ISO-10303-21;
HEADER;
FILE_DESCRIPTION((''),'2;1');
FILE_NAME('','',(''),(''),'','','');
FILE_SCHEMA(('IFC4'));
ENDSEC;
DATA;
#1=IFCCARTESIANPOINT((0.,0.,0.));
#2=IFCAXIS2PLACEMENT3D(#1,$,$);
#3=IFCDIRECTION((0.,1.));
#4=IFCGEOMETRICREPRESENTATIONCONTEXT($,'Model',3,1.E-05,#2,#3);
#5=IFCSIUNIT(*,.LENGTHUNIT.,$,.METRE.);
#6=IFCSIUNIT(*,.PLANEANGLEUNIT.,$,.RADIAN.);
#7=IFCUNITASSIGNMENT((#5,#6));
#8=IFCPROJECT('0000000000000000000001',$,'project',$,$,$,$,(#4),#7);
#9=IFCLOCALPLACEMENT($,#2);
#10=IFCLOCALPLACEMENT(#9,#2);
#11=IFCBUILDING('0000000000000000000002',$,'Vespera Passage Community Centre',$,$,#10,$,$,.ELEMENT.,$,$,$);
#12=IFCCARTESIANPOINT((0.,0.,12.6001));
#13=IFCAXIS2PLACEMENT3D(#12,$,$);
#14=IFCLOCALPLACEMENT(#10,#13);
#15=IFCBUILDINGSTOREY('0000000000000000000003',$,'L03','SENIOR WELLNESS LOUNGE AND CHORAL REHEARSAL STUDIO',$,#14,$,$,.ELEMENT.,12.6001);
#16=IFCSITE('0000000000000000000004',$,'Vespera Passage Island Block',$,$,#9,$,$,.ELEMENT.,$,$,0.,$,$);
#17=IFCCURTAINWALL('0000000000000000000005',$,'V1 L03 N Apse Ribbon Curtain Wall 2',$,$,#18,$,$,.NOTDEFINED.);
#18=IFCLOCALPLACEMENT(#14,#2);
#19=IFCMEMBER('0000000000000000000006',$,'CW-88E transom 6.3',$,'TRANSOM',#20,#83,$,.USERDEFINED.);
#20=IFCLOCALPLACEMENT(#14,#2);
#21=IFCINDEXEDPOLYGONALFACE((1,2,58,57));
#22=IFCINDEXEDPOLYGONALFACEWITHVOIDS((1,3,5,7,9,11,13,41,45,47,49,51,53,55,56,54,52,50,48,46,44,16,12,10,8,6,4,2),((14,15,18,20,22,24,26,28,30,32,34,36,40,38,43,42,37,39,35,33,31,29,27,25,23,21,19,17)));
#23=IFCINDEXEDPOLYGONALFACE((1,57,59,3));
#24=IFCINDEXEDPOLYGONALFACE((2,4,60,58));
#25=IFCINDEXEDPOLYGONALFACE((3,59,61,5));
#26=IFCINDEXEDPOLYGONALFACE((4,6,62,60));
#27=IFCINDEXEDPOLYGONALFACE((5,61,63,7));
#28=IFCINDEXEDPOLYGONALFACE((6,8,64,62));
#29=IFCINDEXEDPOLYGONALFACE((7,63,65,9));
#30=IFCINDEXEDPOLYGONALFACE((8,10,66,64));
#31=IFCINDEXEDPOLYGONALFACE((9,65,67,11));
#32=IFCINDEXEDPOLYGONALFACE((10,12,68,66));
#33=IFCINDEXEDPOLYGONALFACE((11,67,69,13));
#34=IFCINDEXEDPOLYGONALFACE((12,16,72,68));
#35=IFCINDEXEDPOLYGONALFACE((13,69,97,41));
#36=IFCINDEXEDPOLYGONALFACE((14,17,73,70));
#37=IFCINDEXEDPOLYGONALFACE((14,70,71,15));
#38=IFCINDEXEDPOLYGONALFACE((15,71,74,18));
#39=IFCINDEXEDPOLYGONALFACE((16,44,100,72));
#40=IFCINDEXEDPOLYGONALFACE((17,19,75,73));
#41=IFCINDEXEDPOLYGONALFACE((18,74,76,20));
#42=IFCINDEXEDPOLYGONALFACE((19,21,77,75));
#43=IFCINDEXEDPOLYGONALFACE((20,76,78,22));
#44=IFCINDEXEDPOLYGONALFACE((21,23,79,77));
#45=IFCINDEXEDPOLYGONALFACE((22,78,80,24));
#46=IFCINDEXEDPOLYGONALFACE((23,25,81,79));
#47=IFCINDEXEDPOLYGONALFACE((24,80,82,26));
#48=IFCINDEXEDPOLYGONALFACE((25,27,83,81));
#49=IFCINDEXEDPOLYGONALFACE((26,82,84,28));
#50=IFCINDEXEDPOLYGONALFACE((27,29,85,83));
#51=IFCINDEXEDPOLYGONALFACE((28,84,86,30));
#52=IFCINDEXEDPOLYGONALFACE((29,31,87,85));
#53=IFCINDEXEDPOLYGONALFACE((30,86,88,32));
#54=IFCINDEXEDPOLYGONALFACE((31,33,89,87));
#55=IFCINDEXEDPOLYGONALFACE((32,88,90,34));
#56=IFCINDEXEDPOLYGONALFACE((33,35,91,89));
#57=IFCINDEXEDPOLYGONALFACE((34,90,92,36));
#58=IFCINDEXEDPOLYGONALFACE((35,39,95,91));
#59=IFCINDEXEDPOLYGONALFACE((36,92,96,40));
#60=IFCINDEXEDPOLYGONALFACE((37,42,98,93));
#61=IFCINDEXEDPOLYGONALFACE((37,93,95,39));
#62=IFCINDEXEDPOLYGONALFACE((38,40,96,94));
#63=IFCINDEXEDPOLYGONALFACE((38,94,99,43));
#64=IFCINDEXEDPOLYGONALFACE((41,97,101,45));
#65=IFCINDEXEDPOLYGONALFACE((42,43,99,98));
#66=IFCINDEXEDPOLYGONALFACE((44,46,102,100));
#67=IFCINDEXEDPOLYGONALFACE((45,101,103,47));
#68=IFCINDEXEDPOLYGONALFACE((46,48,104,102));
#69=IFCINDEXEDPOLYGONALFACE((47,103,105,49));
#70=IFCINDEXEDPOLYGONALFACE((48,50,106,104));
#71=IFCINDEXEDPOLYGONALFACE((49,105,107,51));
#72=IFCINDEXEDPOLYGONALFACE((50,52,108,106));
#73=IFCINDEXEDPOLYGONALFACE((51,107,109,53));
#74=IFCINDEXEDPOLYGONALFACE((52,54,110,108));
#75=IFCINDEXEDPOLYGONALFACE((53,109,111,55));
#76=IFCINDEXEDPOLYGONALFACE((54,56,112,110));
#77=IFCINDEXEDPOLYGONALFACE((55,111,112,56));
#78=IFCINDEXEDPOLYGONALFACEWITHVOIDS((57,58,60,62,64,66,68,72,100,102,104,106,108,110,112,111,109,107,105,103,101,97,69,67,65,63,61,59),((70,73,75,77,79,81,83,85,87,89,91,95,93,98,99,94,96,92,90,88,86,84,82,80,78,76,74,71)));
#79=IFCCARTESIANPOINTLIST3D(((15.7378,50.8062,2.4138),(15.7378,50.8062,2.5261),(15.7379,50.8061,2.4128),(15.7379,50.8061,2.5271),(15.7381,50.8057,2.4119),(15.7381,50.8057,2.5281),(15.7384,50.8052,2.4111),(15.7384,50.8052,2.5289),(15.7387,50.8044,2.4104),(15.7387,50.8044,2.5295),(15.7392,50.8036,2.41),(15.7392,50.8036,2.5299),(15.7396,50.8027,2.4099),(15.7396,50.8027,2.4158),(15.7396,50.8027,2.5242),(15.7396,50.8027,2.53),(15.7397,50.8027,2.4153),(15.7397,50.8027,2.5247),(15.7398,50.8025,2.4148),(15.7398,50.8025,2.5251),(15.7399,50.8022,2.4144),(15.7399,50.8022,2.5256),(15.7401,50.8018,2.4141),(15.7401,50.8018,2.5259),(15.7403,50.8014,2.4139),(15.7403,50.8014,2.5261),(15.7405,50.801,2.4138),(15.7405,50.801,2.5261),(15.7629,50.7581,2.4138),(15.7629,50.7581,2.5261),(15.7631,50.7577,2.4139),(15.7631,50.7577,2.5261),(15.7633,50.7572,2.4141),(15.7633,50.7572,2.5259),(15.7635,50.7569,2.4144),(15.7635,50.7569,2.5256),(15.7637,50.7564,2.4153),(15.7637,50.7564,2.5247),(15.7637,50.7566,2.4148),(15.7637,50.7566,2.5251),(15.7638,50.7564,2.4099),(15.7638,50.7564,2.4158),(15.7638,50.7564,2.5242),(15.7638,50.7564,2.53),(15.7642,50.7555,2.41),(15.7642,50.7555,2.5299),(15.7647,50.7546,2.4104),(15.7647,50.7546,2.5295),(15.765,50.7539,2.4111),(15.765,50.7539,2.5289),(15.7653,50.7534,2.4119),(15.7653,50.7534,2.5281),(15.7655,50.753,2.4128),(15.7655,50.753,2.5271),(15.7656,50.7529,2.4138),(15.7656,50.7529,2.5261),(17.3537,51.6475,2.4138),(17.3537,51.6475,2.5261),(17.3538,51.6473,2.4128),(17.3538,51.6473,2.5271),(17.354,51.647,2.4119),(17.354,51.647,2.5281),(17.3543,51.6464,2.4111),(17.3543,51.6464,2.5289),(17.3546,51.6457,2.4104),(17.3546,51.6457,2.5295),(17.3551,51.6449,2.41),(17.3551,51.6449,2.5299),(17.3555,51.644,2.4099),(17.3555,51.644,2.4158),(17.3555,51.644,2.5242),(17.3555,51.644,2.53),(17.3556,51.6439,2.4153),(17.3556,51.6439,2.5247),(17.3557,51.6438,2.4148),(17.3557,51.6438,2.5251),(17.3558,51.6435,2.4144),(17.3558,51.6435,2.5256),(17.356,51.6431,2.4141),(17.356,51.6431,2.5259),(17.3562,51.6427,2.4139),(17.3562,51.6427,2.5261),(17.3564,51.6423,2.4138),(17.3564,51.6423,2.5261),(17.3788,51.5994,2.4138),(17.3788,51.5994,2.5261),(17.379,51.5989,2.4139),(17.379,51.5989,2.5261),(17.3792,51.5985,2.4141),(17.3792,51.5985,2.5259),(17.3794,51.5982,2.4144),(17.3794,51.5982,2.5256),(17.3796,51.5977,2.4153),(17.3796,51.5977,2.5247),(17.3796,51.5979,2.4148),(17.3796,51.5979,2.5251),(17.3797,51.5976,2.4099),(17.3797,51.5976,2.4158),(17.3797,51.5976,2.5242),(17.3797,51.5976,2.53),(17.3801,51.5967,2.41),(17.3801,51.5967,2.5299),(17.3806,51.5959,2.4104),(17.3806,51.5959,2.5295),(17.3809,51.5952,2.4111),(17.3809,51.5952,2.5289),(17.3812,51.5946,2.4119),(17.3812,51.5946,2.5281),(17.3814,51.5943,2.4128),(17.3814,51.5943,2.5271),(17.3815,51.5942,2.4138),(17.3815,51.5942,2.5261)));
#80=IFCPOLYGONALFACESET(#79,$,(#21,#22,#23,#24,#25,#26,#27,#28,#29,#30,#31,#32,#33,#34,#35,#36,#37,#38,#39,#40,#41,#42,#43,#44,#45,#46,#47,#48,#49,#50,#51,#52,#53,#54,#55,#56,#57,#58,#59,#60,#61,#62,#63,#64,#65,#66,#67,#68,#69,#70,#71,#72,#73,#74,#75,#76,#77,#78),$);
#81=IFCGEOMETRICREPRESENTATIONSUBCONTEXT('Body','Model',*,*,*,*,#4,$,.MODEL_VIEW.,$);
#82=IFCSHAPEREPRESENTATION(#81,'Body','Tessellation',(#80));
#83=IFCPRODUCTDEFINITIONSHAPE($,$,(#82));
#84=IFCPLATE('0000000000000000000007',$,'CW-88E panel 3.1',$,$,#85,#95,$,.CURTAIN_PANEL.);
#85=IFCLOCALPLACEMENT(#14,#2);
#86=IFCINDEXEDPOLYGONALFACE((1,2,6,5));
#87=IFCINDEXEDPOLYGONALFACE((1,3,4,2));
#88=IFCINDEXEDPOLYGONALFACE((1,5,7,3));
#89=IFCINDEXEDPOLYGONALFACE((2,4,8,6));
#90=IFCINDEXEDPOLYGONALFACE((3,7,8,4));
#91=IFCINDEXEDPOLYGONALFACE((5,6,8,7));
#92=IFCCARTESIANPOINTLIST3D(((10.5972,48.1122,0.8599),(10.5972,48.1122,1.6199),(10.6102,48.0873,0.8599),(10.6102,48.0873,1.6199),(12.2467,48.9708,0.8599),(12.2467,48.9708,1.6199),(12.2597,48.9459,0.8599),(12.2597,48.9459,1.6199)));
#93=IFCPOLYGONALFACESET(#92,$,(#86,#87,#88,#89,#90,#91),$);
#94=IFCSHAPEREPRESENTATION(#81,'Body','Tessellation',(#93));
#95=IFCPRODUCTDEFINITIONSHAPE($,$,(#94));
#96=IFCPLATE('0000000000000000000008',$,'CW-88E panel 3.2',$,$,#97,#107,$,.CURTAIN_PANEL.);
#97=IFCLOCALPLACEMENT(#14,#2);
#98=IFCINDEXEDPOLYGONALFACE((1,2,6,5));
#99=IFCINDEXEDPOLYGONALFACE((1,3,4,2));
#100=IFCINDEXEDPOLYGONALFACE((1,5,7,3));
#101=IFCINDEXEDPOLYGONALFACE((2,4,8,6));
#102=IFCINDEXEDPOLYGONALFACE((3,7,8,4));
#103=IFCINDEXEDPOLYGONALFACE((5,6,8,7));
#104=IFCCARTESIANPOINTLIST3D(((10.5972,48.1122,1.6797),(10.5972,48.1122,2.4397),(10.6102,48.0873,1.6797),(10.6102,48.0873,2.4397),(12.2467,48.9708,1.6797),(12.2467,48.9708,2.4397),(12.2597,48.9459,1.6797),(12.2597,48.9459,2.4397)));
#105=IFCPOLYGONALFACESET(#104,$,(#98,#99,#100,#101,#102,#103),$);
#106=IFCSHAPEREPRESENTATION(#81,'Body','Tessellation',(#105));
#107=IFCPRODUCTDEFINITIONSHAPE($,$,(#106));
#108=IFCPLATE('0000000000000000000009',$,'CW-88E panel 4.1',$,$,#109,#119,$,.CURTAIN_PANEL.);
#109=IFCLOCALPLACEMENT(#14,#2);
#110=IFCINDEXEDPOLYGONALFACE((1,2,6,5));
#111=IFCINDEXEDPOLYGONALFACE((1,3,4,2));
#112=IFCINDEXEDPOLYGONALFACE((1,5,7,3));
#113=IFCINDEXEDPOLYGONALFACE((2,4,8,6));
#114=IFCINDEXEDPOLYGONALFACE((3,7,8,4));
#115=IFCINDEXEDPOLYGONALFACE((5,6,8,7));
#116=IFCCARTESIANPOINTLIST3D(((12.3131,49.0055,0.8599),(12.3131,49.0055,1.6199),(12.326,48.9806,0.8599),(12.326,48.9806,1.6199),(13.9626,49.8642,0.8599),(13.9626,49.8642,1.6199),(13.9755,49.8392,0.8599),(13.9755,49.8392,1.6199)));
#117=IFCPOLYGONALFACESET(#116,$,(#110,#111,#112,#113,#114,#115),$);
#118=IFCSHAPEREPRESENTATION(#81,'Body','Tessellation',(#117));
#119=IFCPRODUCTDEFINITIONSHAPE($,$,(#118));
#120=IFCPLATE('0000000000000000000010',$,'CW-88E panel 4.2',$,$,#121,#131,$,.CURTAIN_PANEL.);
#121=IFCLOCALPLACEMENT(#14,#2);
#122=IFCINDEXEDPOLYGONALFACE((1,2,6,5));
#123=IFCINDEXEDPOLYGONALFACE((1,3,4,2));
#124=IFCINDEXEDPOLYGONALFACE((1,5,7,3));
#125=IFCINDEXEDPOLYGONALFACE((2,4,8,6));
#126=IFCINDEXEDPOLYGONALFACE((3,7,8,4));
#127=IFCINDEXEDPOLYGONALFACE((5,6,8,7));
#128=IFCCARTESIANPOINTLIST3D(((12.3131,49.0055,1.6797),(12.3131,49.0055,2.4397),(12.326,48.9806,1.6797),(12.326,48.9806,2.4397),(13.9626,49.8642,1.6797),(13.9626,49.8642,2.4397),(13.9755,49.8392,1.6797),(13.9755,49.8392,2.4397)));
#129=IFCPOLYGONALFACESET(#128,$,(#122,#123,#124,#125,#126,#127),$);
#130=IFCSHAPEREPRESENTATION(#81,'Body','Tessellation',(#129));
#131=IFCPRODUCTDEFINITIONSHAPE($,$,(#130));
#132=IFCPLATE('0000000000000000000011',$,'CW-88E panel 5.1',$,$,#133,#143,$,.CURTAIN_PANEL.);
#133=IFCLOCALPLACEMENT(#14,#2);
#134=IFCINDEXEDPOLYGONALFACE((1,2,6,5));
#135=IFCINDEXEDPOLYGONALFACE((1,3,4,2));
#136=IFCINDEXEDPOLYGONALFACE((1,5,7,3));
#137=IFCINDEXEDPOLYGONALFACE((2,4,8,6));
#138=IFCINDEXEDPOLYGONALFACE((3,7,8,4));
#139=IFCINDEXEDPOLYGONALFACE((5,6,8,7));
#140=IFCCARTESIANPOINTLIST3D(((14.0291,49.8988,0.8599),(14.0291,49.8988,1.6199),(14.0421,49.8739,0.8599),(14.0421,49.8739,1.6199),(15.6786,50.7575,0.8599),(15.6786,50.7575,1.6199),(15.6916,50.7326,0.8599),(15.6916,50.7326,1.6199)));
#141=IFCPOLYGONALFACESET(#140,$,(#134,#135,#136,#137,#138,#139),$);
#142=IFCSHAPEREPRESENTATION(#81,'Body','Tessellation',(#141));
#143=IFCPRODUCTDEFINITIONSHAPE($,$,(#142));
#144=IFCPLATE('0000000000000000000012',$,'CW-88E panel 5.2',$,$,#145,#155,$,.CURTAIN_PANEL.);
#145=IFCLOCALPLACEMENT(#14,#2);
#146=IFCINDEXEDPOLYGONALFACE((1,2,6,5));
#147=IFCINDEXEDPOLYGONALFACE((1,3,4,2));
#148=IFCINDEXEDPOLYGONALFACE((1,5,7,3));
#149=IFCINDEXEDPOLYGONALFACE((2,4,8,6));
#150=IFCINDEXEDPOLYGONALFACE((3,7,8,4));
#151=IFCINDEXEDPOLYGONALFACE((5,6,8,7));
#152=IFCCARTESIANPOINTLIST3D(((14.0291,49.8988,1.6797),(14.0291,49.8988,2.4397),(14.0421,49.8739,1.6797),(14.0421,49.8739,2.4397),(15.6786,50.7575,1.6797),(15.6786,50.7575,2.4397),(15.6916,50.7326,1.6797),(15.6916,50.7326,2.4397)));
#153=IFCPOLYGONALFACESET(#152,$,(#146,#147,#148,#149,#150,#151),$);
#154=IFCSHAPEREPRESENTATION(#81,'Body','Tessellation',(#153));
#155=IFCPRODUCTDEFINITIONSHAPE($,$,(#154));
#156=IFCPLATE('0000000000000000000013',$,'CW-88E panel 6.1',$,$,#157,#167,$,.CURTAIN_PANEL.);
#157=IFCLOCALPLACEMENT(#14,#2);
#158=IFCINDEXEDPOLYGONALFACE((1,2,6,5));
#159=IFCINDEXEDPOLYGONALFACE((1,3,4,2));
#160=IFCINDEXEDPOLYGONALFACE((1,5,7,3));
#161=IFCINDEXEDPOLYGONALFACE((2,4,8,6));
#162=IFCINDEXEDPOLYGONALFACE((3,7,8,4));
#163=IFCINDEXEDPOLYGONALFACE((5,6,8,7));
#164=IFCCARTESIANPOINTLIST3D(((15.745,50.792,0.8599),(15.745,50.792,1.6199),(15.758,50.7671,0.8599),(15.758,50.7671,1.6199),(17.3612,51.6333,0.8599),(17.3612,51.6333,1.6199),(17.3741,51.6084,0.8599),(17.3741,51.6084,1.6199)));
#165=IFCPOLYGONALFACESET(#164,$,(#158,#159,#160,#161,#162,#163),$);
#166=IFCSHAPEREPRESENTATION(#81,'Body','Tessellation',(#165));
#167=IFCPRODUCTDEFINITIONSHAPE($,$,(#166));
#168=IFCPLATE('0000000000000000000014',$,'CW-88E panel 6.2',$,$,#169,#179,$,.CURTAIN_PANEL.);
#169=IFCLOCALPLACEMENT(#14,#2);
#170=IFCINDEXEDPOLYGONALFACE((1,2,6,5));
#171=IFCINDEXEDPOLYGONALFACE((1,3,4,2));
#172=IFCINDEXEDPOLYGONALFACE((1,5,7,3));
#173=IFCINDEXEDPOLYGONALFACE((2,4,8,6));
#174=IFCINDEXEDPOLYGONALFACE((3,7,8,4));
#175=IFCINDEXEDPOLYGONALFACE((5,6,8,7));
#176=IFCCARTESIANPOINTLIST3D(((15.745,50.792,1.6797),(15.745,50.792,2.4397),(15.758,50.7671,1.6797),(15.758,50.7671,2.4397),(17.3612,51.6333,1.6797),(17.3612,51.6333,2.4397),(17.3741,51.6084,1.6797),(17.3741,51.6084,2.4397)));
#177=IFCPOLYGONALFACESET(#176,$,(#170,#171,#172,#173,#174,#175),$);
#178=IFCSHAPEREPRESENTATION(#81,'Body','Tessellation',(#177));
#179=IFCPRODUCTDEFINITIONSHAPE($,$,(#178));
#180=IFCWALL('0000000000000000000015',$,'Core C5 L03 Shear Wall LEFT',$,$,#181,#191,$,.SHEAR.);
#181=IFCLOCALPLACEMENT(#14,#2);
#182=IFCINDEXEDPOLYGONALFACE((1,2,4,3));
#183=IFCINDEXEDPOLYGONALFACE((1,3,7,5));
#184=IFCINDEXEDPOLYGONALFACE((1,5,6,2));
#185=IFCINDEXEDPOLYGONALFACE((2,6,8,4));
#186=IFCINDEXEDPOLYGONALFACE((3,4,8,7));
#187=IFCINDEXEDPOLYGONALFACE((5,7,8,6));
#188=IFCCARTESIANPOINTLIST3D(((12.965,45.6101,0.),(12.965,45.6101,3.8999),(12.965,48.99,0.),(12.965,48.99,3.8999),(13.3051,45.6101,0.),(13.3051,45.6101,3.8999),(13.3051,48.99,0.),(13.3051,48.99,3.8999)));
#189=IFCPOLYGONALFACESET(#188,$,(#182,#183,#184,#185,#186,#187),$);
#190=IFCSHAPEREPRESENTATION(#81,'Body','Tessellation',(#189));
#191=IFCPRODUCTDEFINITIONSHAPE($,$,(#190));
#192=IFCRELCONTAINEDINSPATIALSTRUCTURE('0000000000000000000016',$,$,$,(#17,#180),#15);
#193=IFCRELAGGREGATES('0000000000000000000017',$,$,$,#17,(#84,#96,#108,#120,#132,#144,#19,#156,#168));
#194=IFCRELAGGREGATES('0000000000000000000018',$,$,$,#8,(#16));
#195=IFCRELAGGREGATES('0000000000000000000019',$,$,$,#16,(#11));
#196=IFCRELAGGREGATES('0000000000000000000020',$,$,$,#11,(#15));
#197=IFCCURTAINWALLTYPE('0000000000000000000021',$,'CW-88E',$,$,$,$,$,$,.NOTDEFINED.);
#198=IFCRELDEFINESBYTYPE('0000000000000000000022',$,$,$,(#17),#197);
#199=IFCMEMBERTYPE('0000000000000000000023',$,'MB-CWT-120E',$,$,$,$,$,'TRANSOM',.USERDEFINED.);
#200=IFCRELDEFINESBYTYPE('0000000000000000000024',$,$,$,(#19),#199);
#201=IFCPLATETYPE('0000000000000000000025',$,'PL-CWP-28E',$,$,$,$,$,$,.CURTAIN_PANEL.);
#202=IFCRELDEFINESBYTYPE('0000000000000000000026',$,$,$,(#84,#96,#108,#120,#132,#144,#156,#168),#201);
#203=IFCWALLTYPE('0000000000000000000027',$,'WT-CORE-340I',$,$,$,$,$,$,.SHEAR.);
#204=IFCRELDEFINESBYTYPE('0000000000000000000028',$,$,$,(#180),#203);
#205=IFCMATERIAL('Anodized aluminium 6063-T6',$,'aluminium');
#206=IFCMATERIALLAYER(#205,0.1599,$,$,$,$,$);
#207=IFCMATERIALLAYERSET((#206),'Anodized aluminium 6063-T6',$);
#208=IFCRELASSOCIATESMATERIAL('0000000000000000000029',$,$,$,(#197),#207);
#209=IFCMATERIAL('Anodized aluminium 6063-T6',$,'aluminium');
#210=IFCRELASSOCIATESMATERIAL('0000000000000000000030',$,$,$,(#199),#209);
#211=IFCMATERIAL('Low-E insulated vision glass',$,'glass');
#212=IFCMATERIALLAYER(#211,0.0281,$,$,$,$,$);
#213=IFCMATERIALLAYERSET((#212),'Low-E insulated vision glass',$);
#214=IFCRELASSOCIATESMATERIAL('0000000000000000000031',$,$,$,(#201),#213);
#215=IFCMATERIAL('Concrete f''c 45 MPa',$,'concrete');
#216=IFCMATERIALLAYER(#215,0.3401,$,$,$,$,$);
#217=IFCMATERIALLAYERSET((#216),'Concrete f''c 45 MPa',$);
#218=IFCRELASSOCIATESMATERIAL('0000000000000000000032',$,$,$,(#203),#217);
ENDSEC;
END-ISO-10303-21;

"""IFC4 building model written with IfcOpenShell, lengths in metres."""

from ifc_helpers import new_model, si_unit, direction, frame, frame_2d, origin, origin_2d, place, context, subcontext, project, spatial, rectangle, hollow_rectangle, extrude, material, layer, layer_set, material_profile, profile_set, type_object, element, aggregate, save


model = new_model("IFC4")

# Units and contexts
model_context = context("Model", 3, precision=1e-05, world=origin(), true_north=direction((0.0, 1.0)))
body_context = subcontext(model_context, "Body", "Model", "MODEL_VIEW")
ifc_project = project(units=[si_unit("LENGTHUNIT", "METRE"), si_unit("PLANEANGLEUNIT", "RADIAN")], contexts=[model_context])

# Site, building, storey
site_placement = place(None, origin())
site = spatial("IfcSite", under=ifc_project, at=site_placement, Name="Vespera Passage Island Block", CompositionType="ELEMENT", RefElevation=0.0)
building_placement = place(site_placement, origin())
building = spatial("IfcBuilding", under=site, at=building_placement, Name="Vespera Passage Community Centre", CompositionType="ELEMENT")
storey_placement = place(building_placement, frame((0.0, 0.0, 12.6001)))
storey = spatial("IfcBuildingStorey", under=building, at=storey_placement, Name="L03", Description="SENIOR WELLNESS LOUNGE AND CHORAL REHEARSAL STUDIO", CompositionType="ELEMENT", Elevation=12.6001)

# Curtain wall, member, plates
ifc_material_1 = material(Name="Anodized aluminium 6063-T6", Category="aluminium")
ifc_layer_1 = layer(ifc_material_1, 0.1599)
ifc_layer_set_1 = layer_set([ifc_layer_1], Name="Anodized aluminium 6063-T6")
curtain_wall_type = type_object("IfcCurtainWallType", Name="CW-88E", PredefinedType="NOTDEFINED", material=ifc_layer_set_1)
curtain_wall_placement = place(storey_placement, origin())
curtain_wall = element("IfcCurtainWall", 1, at=curtain_wall_placement, inside=storey, type_object=curtain_wall_type, Name="V1 L03 N Apse Ribbon Curtain Wall 2", PredefinedType="NOTDEFINED")
ifc_material_2 = material(Name="Anodized aluminium 6063-T6", Category="aluminium")
ifc_material_profile_1 = material_profile(ifc_material_2, hollow_rectangle(XDim=0.0601, YDim=0.1201, WallThickness=0.0039, InnerFilletRadius=0.002, OuterFilletRadius=0.0039, at=origin_2d()), Name="ALU120X60X4")
ifc_profile_set_1 = profile_set([ifc_material_profile_1], Name="Anodized aluminium 6063-T6")
member_type_1 = type_object("IfcMemberType", Name="MB-CWT-120E", ElementType="TRANSOM", PredefinedType="USERDEFINED", material=ifc_profile_set_1)
member_1_placement = place(storey_placement, frame((15.7517, 50.7795, 2.47), z_axis=(0.886991, 0.461787, 0.0), x_axis=(-0.461787, 0.886991, 0.0)))
member_1 = element("IfcMember", 2, at=member_1_placement, type_object=member_type_1, Name="CW-88E transom 6.3", ObjectType="TRANSOM", PredefinedType="USERDEFINED", context=body_context, shape_type="SweptSolid", body=[
    extrude(hollow_rectangle(XDim=0.0601, YDim=0.1201, WallThickness=0.0039, InnerFilletRadius=0.002, OuterFilletRadius=0.0039, at=origin_2d()), origin(), (0.0, 0.0, 1.0), 1.8218),
])
ifc_material_3 = material(Name="Low-E insulated vision glass", Category="glass")
ifc_layer_2 = layer(ifc_material_3, 0.0281)
ifc_layer_set_2 = layer_set([ifc_layer_2], Name="Low-E insulated vision glass")
plate_type = type_object("IfcPlateType", Name="PL-CWP-28E", PredefinedType="CURTAIN_PANEL", material=ifc_layer_set_2)
plate_1_placement = place(storey_placement, frame((11.4285, 48.5291, 0.8599), z_axis=(0.0, 0.0, 1.0), x_axis=(0.887013, 0.461745, 0.0)))
plate_1 = element("IfcPlate", 3, at=plate_1_placement, type_object=plate_type, Name="CW-88E panel 3.1", PredefinedType="CURTAIN_PANEL", context=body_context, shape_type="SweptSolid", body=[
    extrude(rectangle(XDim=1.8596, YDim=0.0281, at=origin_2d()), origin(), (0.0, 0.0, 1.0), 0.76),
])
plate_2_placement = place(storey_placement, frame((11.4285, 48.5291, 1.6797), z_axis=(0.0, 0.0, 1.0), x_axis=(0.887013, 0.461745, 0.0)))
plate_2 = element("IfcPlate", 4, at=plate_2_placement, type_object=plate_type, Name="CW-88E panel 3.2", PredefinedType="CURTAIN_PANEL", context=body_context, shape_type="SweptSolid", body=[
    extrude(rectangle(XDim=1.8596, YDim=0.0281, at=origin_2d()), origin(), (0.0, 0.0, 1.0), 0.76),
])
plate_3_placement = place(storey_placement, frame((13.1443, 49.4224, 0.8599), z_axis=(0.0, 0.0, 1.0), x_axis=(0.887013, 0.461745, 0.0)))
plate_3 = element("IfcPlate", 5, at=plate_3_placement, type_object=plate_type, Name="CW-88E panel 4.1", PredefinedType="CURTAIN_PANEL", context=body_context, shape_type="SweptSolid", body=[
    extrude(rectangle(XDim=1.8596, YDim=0.0281, at=origin_2d()), origin(), (0.0, 0.0, 1.0), 0.76),
])
plate_4_placement = place(storey_placement, frame((13.1443, 49.4224, 1.6797), z_axis=(0.0, 0.0, 1.0), x_axis=(0.887013, 0.461745, 0.0)))
plate_4 = element("IfcPlate", 6, at=plate_4_placement, type_object=plate_type, Name="CW-88E panel 4.2", PredefinedType="CURTAIN_PANEL", context=body_context, shape_type="SweptSolid", body=[
    extrude(rectangle(XDim=1.8596, YDim=0.0281, at=origin_2d()), origin(), (0.0, 0.0, 1.0), 0.76),
])
plate_5_placement = place(storey_placement, frame((14.8604, 50.3157, 0.8599), z_axis=(0.0, 0.0, 1.0), x_axis=(0.887013, 0.461745, 0.0)))
plate_5 = element("IfcPlate", 7, at=plate_5_placement, type_object=plate_type, Name="CW-88E panel 5.1", PredefinedType="CURTAIN_PANEL", context=body_context, shape_type="SweptSolid", body=[
    extrude(rectangle(XDim=1.8596, YDim=0.0281, at=origin_2d()), origin(), (0.0, 0.0, 1.0), 0.76),
])
plate_6_placement = place(storey_placement, frame((14.8604, 50.3157, 1.6797), z_axis=(0.0, 0.0, 1.0), x_axis=(0.887013, 0.461745, 0.0)))
plate_6 = element("IfcPlate", 8, at=plate_6_placement, type_object=plate_type, Name="CW-88E panel 5.2", PredefinedType="CURTAIN_PANEL", context=body_context, shape_type="SweptSolid", body=[
    extrude(rectangle(XDim=1.8596, YDim=0.0281, at=origin_2d()), origin(), (0.0, 0.0, 1.0), 0.76),
])
plate_7_placement = place(storey_placement, frame((16.5596, 51.2002, 0.8599), z_axis=(0.0, 0.0, 1.0), x_axis=(0.887013, 0.461745, 0.0)))
plate_7 = element("IfcPlate", 9, at=plate_7_placement, type_object=plate_type, Name="CW-88E panel 6.1", PredefinedType="CURTAIN_PANEL", context=body_context, shape_type="SweptSolid", body=[
    extrude(rectangle(XDim=1.822, YDim=0.0281, at=origin_2d()), origin(), (0.0, 0.0, 1.0), 0.76),
])
plate_8_placement = place(storey_placement, frame((16.5596, 51.2002, 1.6797), z_axis=(0.0, 0.0, 1.0), x_axis=(0.887013, 0.461745, 0.0)))
plate_8 = element("IfcPlate", 10, at=plate_8_placement, type_object=plate_type, Name="CW-88E panel 6.2", PredefinedType="CURTAIN_PANEL", context=body_context, shape_type="SweptSolid", body=[
    extrude(rectangle(XDim=1.822, YDim=0.0281, at=origin_2d()), origin(), (0.0, 0.0, 1.0), 0.76),
])
aggregate(curtain_wall, [plate_1, plate_2, plate_3, plate_4, plate_5, plate_6, member_1, plate_7, plate_8])

# Wall
ifc_material_4 = material(Name="Concrete f'c 45 MPa", Category="concrete")
ifc_layer_3 = layer(ifc_material_4, 0.3401)
ifc_layer_set_3 = layer_set([ifc_layer_3], Name="Concrete f'c 45 MPa")
wall_type = type_object("IfcWallType", Name="WT-CORE-340I", PredefinedType="SHEAR", material=ifc_layer_set_3)
wall_1_placement = place(storey_placement, frame((13.135, 45.6101, 0.0), z_axis=(0.0, 0.0, 1.0), x_axis=(0.0, 1.0, 0.0)))
element("IfcWall", 11, at=wall_1_placement, inside=storey, type_object=wall_type, Name="Core C5 L03 Shear Wall LEFT", PredefinedType="SHEAR", context=body_context, shape_type="SweptSolid", body=[
    extrude(rectangle(XDim=3.3799, YDim=0.3401, at=frame_2d((1.6899, 0.0))), origin(), (0.0, 0.0, 1.0), 3.8999),
])

save(model, "model.ifc")
